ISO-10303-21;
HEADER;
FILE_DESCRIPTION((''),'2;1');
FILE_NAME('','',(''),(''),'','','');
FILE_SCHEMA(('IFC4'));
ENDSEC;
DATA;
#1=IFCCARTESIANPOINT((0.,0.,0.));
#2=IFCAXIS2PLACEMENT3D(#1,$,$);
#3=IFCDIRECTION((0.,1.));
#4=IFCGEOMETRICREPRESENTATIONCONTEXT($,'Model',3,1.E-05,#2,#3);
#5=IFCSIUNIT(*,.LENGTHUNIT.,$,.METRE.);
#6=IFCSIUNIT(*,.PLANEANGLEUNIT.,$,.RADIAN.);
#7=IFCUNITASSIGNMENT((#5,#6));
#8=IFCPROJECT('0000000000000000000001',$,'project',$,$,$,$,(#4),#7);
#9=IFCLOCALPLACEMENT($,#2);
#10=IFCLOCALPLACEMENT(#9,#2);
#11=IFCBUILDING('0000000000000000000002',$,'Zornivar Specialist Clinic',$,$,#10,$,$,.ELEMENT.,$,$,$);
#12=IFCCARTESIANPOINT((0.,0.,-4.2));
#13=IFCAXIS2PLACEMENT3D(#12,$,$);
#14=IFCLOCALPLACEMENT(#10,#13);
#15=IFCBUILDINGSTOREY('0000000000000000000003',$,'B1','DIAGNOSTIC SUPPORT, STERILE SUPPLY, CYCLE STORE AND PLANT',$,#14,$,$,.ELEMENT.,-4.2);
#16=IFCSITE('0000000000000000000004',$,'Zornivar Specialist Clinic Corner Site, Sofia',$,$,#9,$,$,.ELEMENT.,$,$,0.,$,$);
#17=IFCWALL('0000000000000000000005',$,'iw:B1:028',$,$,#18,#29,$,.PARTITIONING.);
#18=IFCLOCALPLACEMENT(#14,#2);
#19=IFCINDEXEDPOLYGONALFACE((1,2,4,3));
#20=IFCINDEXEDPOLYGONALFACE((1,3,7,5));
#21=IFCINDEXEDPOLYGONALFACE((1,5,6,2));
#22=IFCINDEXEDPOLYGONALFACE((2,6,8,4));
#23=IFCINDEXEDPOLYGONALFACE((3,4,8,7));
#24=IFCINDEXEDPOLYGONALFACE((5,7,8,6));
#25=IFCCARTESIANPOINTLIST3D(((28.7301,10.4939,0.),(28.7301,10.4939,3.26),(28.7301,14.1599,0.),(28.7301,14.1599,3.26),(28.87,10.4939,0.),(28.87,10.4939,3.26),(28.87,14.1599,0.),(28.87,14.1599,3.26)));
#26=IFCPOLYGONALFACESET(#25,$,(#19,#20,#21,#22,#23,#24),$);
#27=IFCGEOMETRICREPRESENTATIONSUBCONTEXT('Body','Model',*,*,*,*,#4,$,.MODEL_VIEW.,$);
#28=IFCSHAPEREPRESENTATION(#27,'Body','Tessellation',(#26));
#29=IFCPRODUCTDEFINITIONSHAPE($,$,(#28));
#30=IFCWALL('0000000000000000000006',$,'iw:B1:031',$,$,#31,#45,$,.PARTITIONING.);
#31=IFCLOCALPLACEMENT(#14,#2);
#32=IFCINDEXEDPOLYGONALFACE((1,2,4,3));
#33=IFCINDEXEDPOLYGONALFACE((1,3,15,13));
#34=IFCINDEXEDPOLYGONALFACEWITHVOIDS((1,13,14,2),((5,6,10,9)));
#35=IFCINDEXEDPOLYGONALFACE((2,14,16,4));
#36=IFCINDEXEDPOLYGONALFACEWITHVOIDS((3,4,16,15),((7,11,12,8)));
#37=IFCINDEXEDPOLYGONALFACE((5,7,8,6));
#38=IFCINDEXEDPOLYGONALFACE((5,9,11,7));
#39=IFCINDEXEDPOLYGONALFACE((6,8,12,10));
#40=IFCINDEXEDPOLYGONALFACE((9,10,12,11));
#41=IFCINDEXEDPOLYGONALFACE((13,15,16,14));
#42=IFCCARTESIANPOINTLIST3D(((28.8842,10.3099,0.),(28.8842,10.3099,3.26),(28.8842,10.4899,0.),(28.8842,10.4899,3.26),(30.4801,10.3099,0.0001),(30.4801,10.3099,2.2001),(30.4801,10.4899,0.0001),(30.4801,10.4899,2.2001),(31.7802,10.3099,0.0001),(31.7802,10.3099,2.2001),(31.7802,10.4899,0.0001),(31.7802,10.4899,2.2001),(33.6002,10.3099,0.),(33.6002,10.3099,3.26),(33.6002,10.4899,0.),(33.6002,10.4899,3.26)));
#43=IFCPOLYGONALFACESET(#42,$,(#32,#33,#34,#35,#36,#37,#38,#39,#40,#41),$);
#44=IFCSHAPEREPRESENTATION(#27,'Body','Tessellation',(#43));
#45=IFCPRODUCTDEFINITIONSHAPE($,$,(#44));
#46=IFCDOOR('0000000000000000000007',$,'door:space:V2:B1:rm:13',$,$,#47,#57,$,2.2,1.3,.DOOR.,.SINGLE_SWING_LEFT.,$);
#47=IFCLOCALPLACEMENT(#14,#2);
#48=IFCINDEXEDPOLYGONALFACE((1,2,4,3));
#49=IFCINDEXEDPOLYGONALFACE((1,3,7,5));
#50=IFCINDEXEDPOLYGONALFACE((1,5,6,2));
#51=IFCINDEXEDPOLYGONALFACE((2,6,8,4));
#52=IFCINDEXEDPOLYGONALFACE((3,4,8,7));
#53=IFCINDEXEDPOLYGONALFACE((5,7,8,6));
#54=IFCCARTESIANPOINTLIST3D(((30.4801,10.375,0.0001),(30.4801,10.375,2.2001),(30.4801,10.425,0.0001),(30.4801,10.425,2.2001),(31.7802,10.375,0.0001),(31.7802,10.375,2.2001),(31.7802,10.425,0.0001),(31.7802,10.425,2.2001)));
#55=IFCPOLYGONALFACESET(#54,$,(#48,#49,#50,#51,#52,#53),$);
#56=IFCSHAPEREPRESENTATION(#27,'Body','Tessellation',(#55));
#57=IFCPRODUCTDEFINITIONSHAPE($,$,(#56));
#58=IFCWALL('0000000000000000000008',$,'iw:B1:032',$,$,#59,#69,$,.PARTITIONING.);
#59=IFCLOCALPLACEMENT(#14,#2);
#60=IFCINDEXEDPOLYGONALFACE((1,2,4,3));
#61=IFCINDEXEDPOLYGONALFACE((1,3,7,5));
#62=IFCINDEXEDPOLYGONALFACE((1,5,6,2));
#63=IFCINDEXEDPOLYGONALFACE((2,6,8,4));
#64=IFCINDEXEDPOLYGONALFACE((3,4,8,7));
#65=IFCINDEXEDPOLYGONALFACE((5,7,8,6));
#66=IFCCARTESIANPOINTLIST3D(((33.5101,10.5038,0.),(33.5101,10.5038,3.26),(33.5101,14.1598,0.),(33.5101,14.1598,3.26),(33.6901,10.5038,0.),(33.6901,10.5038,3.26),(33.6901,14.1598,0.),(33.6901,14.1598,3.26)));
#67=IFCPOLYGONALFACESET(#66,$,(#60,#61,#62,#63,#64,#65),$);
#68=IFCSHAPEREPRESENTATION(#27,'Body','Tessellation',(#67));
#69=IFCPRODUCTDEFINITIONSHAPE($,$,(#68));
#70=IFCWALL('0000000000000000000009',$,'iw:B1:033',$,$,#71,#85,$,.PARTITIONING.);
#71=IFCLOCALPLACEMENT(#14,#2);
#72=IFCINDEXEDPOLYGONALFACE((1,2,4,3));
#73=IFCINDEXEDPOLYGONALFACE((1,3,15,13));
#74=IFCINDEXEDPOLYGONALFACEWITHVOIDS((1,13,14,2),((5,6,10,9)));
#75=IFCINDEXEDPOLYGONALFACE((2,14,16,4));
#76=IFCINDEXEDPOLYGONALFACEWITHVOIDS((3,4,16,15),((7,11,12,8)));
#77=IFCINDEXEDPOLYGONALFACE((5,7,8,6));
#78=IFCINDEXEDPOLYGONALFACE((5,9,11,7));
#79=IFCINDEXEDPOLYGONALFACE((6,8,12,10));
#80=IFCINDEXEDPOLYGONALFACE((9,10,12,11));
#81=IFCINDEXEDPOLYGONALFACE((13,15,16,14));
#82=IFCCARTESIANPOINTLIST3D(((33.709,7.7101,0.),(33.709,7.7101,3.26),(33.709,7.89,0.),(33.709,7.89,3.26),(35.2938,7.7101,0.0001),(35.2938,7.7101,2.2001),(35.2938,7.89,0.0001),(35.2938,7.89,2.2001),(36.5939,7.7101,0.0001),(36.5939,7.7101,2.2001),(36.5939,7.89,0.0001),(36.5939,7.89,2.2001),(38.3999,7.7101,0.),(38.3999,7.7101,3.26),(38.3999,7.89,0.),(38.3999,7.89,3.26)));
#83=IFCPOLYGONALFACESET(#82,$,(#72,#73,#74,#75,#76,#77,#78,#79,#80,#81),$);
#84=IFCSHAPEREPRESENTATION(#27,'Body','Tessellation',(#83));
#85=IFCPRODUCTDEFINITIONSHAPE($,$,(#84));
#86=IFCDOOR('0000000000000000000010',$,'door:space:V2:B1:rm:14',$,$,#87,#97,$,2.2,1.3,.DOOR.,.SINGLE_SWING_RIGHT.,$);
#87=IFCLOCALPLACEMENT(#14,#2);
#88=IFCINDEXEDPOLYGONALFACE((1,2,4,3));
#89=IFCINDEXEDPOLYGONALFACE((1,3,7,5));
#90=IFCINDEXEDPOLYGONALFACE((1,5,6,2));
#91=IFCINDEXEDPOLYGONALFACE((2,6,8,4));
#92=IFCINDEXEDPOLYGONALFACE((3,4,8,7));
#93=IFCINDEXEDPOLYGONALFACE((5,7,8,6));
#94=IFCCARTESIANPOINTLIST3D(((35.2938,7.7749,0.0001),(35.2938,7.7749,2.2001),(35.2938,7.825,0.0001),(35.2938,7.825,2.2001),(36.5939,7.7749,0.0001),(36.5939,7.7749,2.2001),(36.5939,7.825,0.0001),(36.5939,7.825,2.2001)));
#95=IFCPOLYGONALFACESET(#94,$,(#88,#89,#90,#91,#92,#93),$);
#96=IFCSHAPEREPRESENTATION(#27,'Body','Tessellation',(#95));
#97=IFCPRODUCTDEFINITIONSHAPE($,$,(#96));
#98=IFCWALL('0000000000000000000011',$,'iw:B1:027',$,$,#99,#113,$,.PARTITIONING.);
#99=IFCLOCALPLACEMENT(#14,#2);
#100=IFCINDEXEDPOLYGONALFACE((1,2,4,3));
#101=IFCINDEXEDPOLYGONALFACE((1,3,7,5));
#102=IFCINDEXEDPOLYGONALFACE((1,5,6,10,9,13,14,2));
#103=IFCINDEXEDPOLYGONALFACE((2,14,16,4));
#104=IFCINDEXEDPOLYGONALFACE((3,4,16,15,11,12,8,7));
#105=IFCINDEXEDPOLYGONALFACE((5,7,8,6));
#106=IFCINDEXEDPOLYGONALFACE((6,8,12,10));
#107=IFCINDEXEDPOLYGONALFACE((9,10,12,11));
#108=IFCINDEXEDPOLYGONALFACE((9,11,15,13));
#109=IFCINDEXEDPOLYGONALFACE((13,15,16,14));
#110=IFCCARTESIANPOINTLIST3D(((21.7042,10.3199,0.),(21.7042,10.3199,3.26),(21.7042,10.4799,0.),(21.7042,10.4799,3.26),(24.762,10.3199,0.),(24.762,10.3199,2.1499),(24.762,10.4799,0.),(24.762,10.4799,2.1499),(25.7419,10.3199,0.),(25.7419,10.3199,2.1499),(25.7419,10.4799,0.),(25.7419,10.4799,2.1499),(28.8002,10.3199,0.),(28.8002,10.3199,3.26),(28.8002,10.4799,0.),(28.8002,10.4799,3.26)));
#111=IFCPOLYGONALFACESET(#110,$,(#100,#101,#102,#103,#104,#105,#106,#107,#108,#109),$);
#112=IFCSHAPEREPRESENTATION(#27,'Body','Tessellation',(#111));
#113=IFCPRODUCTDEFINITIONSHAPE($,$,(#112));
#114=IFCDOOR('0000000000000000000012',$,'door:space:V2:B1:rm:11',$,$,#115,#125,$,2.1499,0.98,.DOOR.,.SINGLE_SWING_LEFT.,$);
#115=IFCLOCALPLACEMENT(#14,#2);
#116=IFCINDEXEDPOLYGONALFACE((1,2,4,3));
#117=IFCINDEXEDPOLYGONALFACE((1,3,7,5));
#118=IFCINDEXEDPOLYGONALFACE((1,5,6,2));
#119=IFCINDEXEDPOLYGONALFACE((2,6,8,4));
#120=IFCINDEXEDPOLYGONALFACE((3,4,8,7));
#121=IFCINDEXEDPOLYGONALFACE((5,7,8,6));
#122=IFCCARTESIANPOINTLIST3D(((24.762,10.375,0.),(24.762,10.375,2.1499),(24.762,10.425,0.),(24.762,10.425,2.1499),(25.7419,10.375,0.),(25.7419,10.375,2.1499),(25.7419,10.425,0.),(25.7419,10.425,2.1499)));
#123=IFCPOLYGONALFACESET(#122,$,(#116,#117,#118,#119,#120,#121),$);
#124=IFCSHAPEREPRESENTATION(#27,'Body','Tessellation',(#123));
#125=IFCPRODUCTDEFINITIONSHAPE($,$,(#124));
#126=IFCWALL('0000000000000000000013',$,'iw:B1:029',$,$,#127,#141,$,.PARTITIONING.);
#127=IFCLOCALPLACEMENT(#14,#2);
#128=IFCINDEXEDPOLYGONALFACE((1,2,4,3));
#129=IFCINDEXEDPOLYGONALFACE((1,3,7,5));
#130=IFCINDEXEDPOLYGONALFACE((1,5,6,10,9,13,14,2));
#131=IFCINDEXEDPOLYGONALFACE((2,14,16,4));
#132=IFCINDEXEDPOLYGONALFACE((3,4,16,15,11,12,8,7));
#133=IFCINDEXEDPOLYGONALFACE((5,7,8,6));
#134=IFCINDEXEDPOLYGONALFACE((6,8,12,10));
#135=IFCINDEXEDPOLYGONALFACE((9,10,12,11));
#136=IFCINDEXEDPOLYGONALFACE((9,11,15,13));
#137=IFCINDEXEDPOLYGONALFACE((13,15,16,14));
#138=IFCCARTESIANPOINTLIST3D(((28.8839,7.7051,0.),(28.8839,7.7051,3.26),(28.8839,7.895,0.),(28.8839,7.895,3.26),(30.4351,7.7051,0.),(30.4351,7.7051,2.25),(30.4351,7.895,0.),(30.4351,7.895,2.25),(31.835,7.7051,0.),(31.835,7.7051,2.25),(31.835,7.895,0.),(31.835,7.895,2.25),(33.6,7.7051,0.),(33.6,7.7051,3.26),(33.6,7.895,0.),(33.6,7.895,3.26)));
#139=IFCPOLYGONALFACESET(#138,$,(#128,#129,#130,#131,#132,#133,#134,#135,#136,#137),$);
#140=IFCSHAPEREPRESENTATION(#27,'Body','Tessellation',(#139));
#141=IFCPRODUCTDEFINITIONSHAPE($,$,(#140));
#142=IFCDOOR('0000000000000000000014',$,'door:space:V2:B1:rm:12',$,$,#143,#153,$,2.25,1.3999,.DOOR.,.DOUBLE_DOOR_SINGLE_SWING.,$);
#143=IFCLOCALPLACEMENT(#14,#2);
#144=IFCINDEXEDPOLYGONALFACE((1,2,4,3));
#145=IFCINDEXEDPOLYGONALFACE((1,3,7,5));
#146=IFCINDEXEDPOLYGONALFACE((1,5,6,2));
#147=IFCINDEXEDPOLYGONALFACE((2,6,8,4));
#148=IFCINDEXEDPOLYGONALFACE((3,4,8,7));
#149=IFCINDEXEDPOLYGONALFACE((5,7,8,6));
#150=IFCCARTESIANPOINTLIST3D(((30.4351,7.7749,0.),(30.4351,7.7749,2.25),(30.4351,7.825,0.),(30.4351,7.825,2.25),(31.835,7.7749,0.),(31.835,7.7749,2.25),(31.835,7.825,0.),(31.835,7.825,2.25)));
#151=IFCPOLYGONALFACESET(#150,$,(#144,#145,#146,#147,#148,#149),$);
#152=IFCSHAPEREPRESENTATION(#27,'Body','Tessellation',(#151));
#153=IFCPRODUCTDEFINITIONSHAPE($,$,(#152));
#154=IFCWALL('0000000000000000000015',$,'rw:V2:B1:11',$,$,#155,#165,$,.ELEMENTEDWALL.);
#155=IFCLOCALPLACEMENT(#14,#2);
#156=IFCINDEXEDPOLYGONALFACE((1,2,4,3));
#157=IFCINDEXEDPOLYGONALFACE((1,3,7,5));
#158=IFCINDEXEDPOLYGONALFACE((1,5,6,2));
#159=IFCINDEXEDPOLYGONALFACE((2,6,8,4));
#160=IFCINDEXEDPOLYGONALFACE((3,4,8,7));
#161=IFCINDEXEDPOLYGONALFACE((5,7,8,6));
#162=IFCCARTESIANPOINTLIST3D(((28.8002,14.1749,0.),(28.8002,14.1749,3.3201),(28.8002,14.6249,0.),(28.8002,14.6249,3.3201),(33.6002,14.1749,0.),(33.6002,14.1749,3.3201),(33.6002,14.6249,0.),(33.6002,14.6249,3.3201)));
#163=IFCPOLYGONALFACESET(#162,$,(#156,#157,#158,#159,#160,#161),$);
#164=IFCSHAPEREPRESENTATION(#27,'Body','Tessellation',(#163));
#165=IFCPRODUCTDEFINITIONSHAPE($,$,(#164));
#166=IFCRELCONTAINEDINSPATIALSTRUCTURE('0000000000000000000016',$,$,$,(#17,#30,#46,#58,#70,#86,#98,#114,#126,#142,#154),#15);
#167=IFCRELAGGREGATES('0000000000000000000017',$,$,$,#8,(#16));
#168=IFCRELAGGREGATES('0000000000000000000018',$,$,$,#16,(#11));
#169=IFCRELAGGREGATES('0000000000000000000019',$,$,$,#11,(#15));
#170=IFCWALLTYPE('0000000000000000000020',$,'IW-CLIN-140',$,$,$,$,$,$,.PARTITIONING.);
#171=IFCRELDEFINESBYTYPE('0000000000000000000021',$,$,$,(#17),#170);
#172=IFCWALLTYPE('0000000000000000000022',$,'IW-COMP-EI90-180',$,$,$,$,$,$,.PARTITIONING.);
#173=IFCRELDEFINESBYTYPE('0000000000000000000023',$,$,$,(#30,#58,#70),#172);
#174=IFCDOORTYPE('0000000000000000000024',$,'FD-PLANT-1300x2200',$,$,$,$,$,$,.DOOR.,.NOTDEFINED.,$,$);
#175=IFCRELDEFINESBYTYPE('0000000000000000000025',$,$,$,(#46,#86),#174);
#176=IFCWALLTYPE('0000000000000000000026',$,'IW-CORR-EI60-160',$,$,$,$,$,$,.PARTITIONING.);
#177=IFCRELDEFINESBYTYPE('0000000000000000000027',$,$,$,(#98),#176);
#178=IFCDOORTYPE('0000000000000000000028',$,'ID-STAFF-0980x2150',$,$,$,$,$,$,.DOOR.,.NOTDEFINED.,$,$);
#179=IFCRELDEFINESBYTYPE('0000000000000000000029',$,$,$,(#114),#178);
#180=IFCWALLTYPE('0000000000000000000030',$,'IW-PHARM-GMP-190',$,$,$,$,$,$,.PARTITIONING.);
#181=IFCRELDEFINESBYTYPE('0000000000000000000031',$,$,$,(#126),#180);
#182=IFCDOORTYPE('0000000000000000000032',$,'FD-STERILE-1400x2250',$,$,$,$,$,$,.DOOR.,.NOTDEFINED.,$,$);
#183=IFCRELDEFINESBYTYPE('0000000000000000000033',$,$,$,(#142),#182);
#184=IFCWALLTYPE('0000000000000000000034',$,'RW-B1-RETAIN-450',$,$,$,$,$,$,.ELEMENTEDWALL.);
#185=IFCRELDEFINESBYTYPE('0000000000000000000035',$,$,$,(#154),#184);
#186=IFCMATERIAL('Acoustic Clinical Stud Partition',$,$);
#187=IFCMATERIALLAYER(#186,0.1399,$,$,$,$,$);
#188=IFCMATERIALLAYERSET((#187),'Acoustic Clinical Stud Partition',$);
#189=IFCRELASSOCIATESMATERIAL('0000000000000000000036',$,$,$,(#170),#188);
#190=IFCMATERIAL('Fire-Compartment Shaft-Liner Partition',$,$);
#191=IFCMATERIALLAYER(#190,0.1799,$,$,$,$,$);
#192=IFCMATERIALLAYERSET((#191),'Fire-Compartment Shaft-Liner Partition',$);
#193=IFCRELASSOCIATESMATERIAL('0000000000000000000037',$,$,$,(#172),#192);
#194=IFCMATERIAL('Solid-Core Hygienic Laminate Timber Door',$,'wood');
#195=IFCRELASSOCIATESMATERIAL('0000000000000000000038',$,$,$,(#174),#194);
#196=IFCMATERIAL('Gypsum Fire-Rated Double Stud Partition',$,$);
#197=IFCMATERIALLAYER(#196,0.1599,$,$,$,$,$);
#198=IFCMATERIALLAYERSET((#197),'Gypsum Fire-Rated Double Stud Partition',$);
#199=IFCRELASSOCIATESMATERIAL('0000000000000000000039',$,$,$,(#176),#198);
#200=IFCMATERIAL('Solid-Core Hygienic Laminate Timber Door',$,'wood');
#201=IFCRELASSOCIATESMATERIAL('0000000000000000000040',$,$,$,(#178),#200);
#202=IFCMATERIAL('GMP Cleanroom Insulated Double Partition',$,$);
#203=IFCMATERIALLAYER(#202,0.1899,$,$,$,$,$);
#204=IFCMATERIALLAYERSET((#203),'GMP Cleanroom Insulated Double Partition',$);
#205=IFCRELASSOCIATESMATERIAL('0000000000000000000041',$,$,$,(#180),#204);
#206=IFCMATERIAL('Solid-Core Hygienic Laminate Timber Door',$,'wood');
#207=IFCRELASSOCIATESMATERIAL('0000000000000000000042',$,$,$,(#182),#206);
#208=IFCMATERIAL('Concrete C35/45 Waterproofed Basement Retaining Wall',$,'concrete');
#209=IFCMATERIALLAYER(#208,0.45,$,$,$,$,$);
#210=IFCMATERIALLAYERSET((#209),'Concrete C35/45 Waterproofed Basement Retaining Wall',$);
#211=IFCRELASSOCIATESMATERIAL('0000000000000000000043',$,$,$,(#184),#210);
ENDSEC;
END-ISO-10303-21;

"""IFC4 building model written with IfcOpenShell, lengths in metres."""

from ifc_helpers import new_model, si_unit, direction, frame, frame_2d, origin, place, context, subcontext, project, spatial, rectangle, extrude, material, layer, layer_set, type_object, element, fill, save


model = new_model("IFC4")

# Units and contexts
model_context = context("Model", 3, precision=1e-05, world=origin(), true_north=direction((0.0, 1.0)))
body_context = subcontext(model_context, "Body", "Model", "MODEL_VIEW")
ifc_project = project(units=[si_unit("LENGTHUNIT", "METRE"), si_unit("PLANEANGLEUNIT", "RADIAN")], contexts=[model_context])

# Site, building, storey
site_placement = place(None, origin())
site = spatial("IfcSite", under=ifc_project, at=site_placement, Name="Zornivar Specialist Clinic Corner Site, Sofia", CompositionType="ELEMENT", RefElevation=0.0)
building_placement = place(site_placement, origin())
building = spatial("IfcBuilding", under=site, at=building_placement, Name="Zornivar Specialist Clinic", CompositionType="ELEMENT")
storey_placement = place(building_placement, frame((0.0, 0.0, -4.2)))
storey = spatial("IfcBuildingStorey", under=building, at=storey_placement, Name="B1", Description="DIAGNOSTIC SUPPORT, STERILE SUPPLY, CYCLE STORE AND PLANT", CompositionType="ELEMENT", Elevation=-4.2)

# Wall
ifc_material_1 = material(Name="Acoustic Clinical Stud Partition")
ifc_layer_1 = layer(ifc_material_1, 0.1399)
ifc_layer_set_1 = layer_set([ifc_layer_1], Name="Acoustic Clinical Stud Partition")
wall_type_1 = type_object("IfcWallType", Name="IW-CLIN-140", PredefinedType="PARTITIONING", material=ifc_layer_set_1)
wall_1_placement = place(storey_placement, frame((28.8, 14.1599, 0.0), z_axis=(0.0, 0.0, 1.0), x_axis=(0.0, -1.0, 0.0)))
element("IfcWall", 1, at=wall_1_placement, inside=storey, type_object=wall_type_1, Name="iw:B1:028", PredefinedType="PARTITIONING", context=body_context, shape_type="SweptSolid", body=[
    extrude(rectangle(XDim=3.666, YDim=0.1399, at=frame_2d((1.833, 0.0))), origin(), (0.0, 0.0, 1.0), 3.26),
])

# Wall, opening, door
ifc_material_2 = material(Name="Fire-Compartment Shaft-Liner Partition")
ifc_layer_2 = layer(ifc_material_2, 0.1799)
ifc_layer_set_2 = layer_set([ifc_layer_2], Name="Fire-Compartment Shaft-Liner Partition")
wall_type_2 = type_object("IfcWallType", Name="IW-COMP-EI90-180", PredefinedType="PARTITIONING", material=ifc_layer_set_2)
wall_2_placement = place(storey_placement, frame((33.6001, 10.3999, 0.0), z_axis=(0.0, 0.0, 1.0), x_axis=(-1.0, 0.0, 0.0)))
wall_2 = element("IfcWall", 2, at=wall_2_placement, inside=storey, type_object=wall_type_2, Name="iw:B1:031", PredefinedType="PARTITIONING", context=body_context, shape_type="SweptSolid", body=[
    extrude(rectangle(XDim=4.7161, YDim=0.1799, at=frame_2d((2.3579, 0.0))), origin(), (0.0, 0.0, 1.0), 3.26),
])
opening_1_placement = place(wall_2_placement, frame((1.8201, 0.0, 0.0)))
opening_1 = element("IfcOpeningElement", 3, at=opening_1_placement, cuts=wall_2, PredefinedType="OPENING", context=body_context, shape_type="SweptSolid", body=[
    extrude(rectangle(XDim=1.3, YDim=2.2, at=frame_2d((0.6499, 1.1001))), frame((0.0, 0.0999, 0.0), z_axis=(0.0, -1.0, 0.0), x_axis=(1.0, 0.0, 0.0)), (0.0, 0.0, 1.0), 0.2),
])
ifc_material_3 = material(Name="Solid-Core Hygienic Laminate Timber Door", Category="wood")
door_type_1 = type_object("IfcDoorType", Name="FD-PLANT-1300x2200", OperationType="NOTDEFINED", PredefinedType="DOOR", material=ifc_material_3)
door_1_placement = place(opening_1_placement, origin())
door_1 = element("IfcDoor", 4, at=door_1_placement, inside=storey, type_object=door_type_1, Name="door:space:V2:B1:rm:13", OperationType="SINGLE_SWING_LEFT", OverallHeight=2.2, OverallWidth=1.3, PredefinedType="DOOR", context=body_context, shape_type="SweptSolid", body=[
    extrude(rectangle(XDim=1.3, YDim=2.2, at=frame_2d((0.6499, 1.1001))), frame((0.0, 0.0249, 0.0), z_axis=(0.0, -1.0, 0.0), x_axis=(1.0, 0.0, 0.0)), (0.0, 0.0, 1.0), 0.05),
])
fill(opening_1, door_1)

# Wall
wall_3_placement = place(storey_placement, frame((33.6001, 14.1599, 0.0), z_axis=(0.0, 0.0, 1.0), x_axis=(0.0, -1.0, 0.0)))
element("IfcWall", 5, at=wall_3_placement, inside=storey, type_object=wall_type_2, Name="iw:B1:032", PredefinedType="PARTITIONING", context=body_context, shape_type="SweptSolid", body=[
    extrude(rectangle(XDim=3.656, YDim=0.1799, at=frame_2d((1.8281, 0.0))), origin(), (0.0, 0.0, 1.0), 3.26),
])

# Walls, openings, doors
wall_4_placement = place(storey_placement, frame((33.709, 7.8, 0.0), z_axis=(0.0, 0.0, 1.0), x_axis=(1.0, 0.0, 0.0)))
wall_4 = element("IfcWall", 6, at=wall_4_placement, inside=storey, type_object=wall_type_2, Name="iw:B1:033", PredefinedType="PARTITIONING", context=body_context, shape_type="SweptSolid", body=[
    extrude(rectangle(XDim=4.6909, YDim=0.1799, at=frame_2d((2.3455, 0.0))), origin(), (0.0, 0.0, 1.0), 3.26),
])
opening_2_placement = place(wall_4_placement, frame((1.585, 0.0, 0.0)))
opening_2 = element("IfcOpeningElement", 7, at=opening_2_placement, cuts=wall_4, PredefinedType="OPENING", context=body_context, shape_type="SweptSolid", body=[
    extrude(rectangle(XDim=1.3, YDim=2.2, at=frame_2d((0.6499, 1.1001))), frame((0.0, 0.0999, 0.0), z_axis=(0.0, -1.0, 0.0), x_axis=(1.0, 0.0, 0.0)), (0.0, 0.0, 1.0), 0.2),
])
door_2_placement = place(opening_2_placement, origin())
door_2 = element("IfcDoor", 8, at=door_2_placement, inside=storey, type_object=door_type_1, Name="door:space:V2:B1:rm:14", OperationType="SINGLE_SWING_RIGHT", OverallHeight=2.2, OverallWidth=1.3, PredefinedType="DOOR", context=body_context, shape_type="SweptSolid", body=[
    extrude(rectangle(XDim=1.3, YDim=2.2, at=frame_2d((0.6499, 1.1001))), frame((0.0, 0.0249, 0.0), z_axis=(0.0, -1.0, 0.0), x_axis=(1.0, 0.0, 0.0)), (0.0, 0.0, 1.0), 0.05),
])
fill(opening_2, door_2)
ifc_material_4 = material(Name="Gypsum Fire-Rated Double Stud Partition")
ifc_layer_3 = layer(ifc_material_4, 0.1599)
ifc_layer_set_3 = layer_set([ifc_layer_3], Name="Gypsum Fire-Rated Double Stud Partition")
wall_type_3 = type_object("IfcWallType", Name="IW-CORR-EI60-160", PredefinedType="PARTITIONING", material=ifc_layer_set_3)
wall_5_placement = place(storey_placement, frame((28.8, 10.3999, 0.0), z_axis=(0.0, 0.0, 1.0), x_axis=(-1.0, 0.0, 0.0)))
wall_5 = element("IfcWall", 9, at=wall_5_placement, inside=storey, type_object=wall_type_3, Name="iw:B1:027", PredefinedType="PARTITIONING", context=body_context, shape_type="SweptSolid", body=[
    extrude(rectangle(XDim=7.0959, YDim=0.1599, at=frame_2d((3.5479, 0.0))), origin(), (0.0, 0.0, 1.0), 3.26),
])
opening_3_placement = place(wall_5_placement, frame((3.0581, 0.0, 0.0)))
opening_3 = element("IfcOpeningElement", 10, at=opening_3_placement, cuts=wall_5, PredefinedType="OPENING", context=body_context, shape_type="SweptSolid", body=[
    extrude(rectangle(XDim=0.98, YDim=2.1499, at=frame_2d((0.49, 1.075))), frame((0.0, 0.0898, 0.0), z_axis=(0.0, -1.0, 0.0), x_axis=(1.0, 0.0, 0.0)), (0.0, 0.0, 1.0), 0.1799),
])
ifc_material_5 = material(Name="Solid-Core Hygienic Laminate Timber Door", Category="wood")
door_type_2 = type_object("IfcDoorType", Name="ID-STAFF-0980x2150", OperationType="NOTDEFINED", PredefinedType="DOOR", material=ifc_material_5)
door_3_placement = place(opening_3_placement, origin())
door_3 = element("IfcDoor", 11, at=door_3_placement, inside=storey, type_object=door_type_2, Name="door:space:V2:B1:rm:11", OperationType="SINGLE_SWING_LEFT", OverallHeight=2.1499, OverallWidth=0.98, PredefinedType="DOOR", context=body_context, shape_type="SweptSolid", body=[
    extrude(rectangle(XDim=0.98, YDim=2.1499, at=frame_2d((0.49, 1.075))), frame((0.0, 0.0249, 0.0), z_axis=(0.0, -1.0, 0.0), x_axis=(1.0, 0.0, 0.0)), (0.0, 0.0, 1.0), 0.05),
])
fill(opening_3, door_3)
ifc_material_6 = material(Name="GMP Cleanroom Insulated Double Partition")
ifc_layer_4 = layer(ifc_material_6, 0.1899)
ifc_layer_set_4 = layer_set([ifc_layer_4], Name="GMP Cleanroom Insulated Double Partition")
wall_type_4 = type_object("IfcWallType", Name="IW-PHARM-GMP-190", PredefinedType="PARTITIONING", material=ifc_layer_set_4)
wall_6_placement = place(storey_placement, frame((28.884, 7.8, 0.0), z_axis=(0.0, 0.0, 1.0), x_axis=(1.0, 0.0, 0.0)))
wall_6 = element("IfcWall", 12, at=wall_6_placement, inside=storey, type_object=wall_type_4, Name="iw:B1:029", PredefinedType="PARTITIONING", context=body_context, shape_type="SweptSolid", body=[
    extrude(rectangle(XDim=4.7161, YDim=0.1899, at=frame_2d((2.3579, 0.0))), origin(), (0.0, 0.0, 1.0), 3.26),
])
opening_4_placement = place(wall_6_placement, frame((1.551, 0.0, 0.0)))
opening_4 = element("IfcOpeningElement", 13, at=opening_4_placement, cuts=wall_6, PredefinedType="OPENING", context=body_context, shape_type="SweptSolid", body=[
    extrude(rectangle(XDim=1.3999, YDim=2.25, at=frame_2d((0.7, 1.125))), frame((0.0, 0.105, 0.0), z_axis=(0.0, -1.0, 0.0), x_axis=(1.0, 0.0, 0.0)), (0.0, 0.0, 1.0), 0.21),
])
ifc_material_7 = material(Name="Solid-Core Hygienic Laminate Timber Door", Category="wood")
door_type_3 = type_object("IfcDoorType", Name="FD-STERILE-1400x2250", OperationType="NOTDEFINED", PredefinedType="DOOR", material=ifc_material_7)
door_4_placement = place(opening_4_placement, origin())
door_4 = element("IfcDoor", 14, at=door_4_placement, inside=storey, type_object=door_type_3, Name="door:space:V2:B1:rm:12", OperationType="DOUBLE_DOOR_SINGLE_SWING", OverallHeight=2.25, OverallWidth=1.3999, PredefinedType="DOOR", context=body_context, shape_type="SweptSolid", body=[
    extrude(rectangle(XDim=1.3999, YDim=2.25, at=frame_2d((0.7, 1.125))), frame((0.0, 0.0249, 0.0), z_axis=(0.0, -1.0, 0.0), x_axis=(1.0, 0.0, 0.0)), (0.0, 0.0, 1.0), 0.05),
])
fill(opening_4, door_4)

# Wall
ifc_material_8 = material(Name="Concrete C35/45 Waterproofed Basement Retaining Wall", Category="concrete")
ifc_layer_5 = layer(ifc_material_8, 0.45)
ifc_layer_set_5 = layer_set([ifc_layer_5], Name="Concrete C35/45 Waterproofed Basement Retaining Wall")
wall_type_5 = type_object("IfcWallType", Name="RW-B1-RETAIN-450", PredefinedType="ELEMENTEDWALL", material=ifc_layer_set_5)
wall_7_placement = place(storey_placement, frame((33.6001, 14.3999, 0.0), z_axis=(0.0, 0.0, 1.0), x_axis=(-1.0, 0.0, 0.0)))
element("IfcWall", 15, at=wall_7_placement, inside=storey, type_object=wall_type_5, Name="rw:V2:B1:11", PredefinedType="ELEMENTEDWALL", context=body_context, shape_type="SweptSolid", body=[
    extrude(rectangle(XDim=4.8, YDim=0.45, at=frame_2d((2.3999, 0.0))), origin(), (0.0, 0.0, 1.0), 3.3201),
])

save(model, "model.ifc")
